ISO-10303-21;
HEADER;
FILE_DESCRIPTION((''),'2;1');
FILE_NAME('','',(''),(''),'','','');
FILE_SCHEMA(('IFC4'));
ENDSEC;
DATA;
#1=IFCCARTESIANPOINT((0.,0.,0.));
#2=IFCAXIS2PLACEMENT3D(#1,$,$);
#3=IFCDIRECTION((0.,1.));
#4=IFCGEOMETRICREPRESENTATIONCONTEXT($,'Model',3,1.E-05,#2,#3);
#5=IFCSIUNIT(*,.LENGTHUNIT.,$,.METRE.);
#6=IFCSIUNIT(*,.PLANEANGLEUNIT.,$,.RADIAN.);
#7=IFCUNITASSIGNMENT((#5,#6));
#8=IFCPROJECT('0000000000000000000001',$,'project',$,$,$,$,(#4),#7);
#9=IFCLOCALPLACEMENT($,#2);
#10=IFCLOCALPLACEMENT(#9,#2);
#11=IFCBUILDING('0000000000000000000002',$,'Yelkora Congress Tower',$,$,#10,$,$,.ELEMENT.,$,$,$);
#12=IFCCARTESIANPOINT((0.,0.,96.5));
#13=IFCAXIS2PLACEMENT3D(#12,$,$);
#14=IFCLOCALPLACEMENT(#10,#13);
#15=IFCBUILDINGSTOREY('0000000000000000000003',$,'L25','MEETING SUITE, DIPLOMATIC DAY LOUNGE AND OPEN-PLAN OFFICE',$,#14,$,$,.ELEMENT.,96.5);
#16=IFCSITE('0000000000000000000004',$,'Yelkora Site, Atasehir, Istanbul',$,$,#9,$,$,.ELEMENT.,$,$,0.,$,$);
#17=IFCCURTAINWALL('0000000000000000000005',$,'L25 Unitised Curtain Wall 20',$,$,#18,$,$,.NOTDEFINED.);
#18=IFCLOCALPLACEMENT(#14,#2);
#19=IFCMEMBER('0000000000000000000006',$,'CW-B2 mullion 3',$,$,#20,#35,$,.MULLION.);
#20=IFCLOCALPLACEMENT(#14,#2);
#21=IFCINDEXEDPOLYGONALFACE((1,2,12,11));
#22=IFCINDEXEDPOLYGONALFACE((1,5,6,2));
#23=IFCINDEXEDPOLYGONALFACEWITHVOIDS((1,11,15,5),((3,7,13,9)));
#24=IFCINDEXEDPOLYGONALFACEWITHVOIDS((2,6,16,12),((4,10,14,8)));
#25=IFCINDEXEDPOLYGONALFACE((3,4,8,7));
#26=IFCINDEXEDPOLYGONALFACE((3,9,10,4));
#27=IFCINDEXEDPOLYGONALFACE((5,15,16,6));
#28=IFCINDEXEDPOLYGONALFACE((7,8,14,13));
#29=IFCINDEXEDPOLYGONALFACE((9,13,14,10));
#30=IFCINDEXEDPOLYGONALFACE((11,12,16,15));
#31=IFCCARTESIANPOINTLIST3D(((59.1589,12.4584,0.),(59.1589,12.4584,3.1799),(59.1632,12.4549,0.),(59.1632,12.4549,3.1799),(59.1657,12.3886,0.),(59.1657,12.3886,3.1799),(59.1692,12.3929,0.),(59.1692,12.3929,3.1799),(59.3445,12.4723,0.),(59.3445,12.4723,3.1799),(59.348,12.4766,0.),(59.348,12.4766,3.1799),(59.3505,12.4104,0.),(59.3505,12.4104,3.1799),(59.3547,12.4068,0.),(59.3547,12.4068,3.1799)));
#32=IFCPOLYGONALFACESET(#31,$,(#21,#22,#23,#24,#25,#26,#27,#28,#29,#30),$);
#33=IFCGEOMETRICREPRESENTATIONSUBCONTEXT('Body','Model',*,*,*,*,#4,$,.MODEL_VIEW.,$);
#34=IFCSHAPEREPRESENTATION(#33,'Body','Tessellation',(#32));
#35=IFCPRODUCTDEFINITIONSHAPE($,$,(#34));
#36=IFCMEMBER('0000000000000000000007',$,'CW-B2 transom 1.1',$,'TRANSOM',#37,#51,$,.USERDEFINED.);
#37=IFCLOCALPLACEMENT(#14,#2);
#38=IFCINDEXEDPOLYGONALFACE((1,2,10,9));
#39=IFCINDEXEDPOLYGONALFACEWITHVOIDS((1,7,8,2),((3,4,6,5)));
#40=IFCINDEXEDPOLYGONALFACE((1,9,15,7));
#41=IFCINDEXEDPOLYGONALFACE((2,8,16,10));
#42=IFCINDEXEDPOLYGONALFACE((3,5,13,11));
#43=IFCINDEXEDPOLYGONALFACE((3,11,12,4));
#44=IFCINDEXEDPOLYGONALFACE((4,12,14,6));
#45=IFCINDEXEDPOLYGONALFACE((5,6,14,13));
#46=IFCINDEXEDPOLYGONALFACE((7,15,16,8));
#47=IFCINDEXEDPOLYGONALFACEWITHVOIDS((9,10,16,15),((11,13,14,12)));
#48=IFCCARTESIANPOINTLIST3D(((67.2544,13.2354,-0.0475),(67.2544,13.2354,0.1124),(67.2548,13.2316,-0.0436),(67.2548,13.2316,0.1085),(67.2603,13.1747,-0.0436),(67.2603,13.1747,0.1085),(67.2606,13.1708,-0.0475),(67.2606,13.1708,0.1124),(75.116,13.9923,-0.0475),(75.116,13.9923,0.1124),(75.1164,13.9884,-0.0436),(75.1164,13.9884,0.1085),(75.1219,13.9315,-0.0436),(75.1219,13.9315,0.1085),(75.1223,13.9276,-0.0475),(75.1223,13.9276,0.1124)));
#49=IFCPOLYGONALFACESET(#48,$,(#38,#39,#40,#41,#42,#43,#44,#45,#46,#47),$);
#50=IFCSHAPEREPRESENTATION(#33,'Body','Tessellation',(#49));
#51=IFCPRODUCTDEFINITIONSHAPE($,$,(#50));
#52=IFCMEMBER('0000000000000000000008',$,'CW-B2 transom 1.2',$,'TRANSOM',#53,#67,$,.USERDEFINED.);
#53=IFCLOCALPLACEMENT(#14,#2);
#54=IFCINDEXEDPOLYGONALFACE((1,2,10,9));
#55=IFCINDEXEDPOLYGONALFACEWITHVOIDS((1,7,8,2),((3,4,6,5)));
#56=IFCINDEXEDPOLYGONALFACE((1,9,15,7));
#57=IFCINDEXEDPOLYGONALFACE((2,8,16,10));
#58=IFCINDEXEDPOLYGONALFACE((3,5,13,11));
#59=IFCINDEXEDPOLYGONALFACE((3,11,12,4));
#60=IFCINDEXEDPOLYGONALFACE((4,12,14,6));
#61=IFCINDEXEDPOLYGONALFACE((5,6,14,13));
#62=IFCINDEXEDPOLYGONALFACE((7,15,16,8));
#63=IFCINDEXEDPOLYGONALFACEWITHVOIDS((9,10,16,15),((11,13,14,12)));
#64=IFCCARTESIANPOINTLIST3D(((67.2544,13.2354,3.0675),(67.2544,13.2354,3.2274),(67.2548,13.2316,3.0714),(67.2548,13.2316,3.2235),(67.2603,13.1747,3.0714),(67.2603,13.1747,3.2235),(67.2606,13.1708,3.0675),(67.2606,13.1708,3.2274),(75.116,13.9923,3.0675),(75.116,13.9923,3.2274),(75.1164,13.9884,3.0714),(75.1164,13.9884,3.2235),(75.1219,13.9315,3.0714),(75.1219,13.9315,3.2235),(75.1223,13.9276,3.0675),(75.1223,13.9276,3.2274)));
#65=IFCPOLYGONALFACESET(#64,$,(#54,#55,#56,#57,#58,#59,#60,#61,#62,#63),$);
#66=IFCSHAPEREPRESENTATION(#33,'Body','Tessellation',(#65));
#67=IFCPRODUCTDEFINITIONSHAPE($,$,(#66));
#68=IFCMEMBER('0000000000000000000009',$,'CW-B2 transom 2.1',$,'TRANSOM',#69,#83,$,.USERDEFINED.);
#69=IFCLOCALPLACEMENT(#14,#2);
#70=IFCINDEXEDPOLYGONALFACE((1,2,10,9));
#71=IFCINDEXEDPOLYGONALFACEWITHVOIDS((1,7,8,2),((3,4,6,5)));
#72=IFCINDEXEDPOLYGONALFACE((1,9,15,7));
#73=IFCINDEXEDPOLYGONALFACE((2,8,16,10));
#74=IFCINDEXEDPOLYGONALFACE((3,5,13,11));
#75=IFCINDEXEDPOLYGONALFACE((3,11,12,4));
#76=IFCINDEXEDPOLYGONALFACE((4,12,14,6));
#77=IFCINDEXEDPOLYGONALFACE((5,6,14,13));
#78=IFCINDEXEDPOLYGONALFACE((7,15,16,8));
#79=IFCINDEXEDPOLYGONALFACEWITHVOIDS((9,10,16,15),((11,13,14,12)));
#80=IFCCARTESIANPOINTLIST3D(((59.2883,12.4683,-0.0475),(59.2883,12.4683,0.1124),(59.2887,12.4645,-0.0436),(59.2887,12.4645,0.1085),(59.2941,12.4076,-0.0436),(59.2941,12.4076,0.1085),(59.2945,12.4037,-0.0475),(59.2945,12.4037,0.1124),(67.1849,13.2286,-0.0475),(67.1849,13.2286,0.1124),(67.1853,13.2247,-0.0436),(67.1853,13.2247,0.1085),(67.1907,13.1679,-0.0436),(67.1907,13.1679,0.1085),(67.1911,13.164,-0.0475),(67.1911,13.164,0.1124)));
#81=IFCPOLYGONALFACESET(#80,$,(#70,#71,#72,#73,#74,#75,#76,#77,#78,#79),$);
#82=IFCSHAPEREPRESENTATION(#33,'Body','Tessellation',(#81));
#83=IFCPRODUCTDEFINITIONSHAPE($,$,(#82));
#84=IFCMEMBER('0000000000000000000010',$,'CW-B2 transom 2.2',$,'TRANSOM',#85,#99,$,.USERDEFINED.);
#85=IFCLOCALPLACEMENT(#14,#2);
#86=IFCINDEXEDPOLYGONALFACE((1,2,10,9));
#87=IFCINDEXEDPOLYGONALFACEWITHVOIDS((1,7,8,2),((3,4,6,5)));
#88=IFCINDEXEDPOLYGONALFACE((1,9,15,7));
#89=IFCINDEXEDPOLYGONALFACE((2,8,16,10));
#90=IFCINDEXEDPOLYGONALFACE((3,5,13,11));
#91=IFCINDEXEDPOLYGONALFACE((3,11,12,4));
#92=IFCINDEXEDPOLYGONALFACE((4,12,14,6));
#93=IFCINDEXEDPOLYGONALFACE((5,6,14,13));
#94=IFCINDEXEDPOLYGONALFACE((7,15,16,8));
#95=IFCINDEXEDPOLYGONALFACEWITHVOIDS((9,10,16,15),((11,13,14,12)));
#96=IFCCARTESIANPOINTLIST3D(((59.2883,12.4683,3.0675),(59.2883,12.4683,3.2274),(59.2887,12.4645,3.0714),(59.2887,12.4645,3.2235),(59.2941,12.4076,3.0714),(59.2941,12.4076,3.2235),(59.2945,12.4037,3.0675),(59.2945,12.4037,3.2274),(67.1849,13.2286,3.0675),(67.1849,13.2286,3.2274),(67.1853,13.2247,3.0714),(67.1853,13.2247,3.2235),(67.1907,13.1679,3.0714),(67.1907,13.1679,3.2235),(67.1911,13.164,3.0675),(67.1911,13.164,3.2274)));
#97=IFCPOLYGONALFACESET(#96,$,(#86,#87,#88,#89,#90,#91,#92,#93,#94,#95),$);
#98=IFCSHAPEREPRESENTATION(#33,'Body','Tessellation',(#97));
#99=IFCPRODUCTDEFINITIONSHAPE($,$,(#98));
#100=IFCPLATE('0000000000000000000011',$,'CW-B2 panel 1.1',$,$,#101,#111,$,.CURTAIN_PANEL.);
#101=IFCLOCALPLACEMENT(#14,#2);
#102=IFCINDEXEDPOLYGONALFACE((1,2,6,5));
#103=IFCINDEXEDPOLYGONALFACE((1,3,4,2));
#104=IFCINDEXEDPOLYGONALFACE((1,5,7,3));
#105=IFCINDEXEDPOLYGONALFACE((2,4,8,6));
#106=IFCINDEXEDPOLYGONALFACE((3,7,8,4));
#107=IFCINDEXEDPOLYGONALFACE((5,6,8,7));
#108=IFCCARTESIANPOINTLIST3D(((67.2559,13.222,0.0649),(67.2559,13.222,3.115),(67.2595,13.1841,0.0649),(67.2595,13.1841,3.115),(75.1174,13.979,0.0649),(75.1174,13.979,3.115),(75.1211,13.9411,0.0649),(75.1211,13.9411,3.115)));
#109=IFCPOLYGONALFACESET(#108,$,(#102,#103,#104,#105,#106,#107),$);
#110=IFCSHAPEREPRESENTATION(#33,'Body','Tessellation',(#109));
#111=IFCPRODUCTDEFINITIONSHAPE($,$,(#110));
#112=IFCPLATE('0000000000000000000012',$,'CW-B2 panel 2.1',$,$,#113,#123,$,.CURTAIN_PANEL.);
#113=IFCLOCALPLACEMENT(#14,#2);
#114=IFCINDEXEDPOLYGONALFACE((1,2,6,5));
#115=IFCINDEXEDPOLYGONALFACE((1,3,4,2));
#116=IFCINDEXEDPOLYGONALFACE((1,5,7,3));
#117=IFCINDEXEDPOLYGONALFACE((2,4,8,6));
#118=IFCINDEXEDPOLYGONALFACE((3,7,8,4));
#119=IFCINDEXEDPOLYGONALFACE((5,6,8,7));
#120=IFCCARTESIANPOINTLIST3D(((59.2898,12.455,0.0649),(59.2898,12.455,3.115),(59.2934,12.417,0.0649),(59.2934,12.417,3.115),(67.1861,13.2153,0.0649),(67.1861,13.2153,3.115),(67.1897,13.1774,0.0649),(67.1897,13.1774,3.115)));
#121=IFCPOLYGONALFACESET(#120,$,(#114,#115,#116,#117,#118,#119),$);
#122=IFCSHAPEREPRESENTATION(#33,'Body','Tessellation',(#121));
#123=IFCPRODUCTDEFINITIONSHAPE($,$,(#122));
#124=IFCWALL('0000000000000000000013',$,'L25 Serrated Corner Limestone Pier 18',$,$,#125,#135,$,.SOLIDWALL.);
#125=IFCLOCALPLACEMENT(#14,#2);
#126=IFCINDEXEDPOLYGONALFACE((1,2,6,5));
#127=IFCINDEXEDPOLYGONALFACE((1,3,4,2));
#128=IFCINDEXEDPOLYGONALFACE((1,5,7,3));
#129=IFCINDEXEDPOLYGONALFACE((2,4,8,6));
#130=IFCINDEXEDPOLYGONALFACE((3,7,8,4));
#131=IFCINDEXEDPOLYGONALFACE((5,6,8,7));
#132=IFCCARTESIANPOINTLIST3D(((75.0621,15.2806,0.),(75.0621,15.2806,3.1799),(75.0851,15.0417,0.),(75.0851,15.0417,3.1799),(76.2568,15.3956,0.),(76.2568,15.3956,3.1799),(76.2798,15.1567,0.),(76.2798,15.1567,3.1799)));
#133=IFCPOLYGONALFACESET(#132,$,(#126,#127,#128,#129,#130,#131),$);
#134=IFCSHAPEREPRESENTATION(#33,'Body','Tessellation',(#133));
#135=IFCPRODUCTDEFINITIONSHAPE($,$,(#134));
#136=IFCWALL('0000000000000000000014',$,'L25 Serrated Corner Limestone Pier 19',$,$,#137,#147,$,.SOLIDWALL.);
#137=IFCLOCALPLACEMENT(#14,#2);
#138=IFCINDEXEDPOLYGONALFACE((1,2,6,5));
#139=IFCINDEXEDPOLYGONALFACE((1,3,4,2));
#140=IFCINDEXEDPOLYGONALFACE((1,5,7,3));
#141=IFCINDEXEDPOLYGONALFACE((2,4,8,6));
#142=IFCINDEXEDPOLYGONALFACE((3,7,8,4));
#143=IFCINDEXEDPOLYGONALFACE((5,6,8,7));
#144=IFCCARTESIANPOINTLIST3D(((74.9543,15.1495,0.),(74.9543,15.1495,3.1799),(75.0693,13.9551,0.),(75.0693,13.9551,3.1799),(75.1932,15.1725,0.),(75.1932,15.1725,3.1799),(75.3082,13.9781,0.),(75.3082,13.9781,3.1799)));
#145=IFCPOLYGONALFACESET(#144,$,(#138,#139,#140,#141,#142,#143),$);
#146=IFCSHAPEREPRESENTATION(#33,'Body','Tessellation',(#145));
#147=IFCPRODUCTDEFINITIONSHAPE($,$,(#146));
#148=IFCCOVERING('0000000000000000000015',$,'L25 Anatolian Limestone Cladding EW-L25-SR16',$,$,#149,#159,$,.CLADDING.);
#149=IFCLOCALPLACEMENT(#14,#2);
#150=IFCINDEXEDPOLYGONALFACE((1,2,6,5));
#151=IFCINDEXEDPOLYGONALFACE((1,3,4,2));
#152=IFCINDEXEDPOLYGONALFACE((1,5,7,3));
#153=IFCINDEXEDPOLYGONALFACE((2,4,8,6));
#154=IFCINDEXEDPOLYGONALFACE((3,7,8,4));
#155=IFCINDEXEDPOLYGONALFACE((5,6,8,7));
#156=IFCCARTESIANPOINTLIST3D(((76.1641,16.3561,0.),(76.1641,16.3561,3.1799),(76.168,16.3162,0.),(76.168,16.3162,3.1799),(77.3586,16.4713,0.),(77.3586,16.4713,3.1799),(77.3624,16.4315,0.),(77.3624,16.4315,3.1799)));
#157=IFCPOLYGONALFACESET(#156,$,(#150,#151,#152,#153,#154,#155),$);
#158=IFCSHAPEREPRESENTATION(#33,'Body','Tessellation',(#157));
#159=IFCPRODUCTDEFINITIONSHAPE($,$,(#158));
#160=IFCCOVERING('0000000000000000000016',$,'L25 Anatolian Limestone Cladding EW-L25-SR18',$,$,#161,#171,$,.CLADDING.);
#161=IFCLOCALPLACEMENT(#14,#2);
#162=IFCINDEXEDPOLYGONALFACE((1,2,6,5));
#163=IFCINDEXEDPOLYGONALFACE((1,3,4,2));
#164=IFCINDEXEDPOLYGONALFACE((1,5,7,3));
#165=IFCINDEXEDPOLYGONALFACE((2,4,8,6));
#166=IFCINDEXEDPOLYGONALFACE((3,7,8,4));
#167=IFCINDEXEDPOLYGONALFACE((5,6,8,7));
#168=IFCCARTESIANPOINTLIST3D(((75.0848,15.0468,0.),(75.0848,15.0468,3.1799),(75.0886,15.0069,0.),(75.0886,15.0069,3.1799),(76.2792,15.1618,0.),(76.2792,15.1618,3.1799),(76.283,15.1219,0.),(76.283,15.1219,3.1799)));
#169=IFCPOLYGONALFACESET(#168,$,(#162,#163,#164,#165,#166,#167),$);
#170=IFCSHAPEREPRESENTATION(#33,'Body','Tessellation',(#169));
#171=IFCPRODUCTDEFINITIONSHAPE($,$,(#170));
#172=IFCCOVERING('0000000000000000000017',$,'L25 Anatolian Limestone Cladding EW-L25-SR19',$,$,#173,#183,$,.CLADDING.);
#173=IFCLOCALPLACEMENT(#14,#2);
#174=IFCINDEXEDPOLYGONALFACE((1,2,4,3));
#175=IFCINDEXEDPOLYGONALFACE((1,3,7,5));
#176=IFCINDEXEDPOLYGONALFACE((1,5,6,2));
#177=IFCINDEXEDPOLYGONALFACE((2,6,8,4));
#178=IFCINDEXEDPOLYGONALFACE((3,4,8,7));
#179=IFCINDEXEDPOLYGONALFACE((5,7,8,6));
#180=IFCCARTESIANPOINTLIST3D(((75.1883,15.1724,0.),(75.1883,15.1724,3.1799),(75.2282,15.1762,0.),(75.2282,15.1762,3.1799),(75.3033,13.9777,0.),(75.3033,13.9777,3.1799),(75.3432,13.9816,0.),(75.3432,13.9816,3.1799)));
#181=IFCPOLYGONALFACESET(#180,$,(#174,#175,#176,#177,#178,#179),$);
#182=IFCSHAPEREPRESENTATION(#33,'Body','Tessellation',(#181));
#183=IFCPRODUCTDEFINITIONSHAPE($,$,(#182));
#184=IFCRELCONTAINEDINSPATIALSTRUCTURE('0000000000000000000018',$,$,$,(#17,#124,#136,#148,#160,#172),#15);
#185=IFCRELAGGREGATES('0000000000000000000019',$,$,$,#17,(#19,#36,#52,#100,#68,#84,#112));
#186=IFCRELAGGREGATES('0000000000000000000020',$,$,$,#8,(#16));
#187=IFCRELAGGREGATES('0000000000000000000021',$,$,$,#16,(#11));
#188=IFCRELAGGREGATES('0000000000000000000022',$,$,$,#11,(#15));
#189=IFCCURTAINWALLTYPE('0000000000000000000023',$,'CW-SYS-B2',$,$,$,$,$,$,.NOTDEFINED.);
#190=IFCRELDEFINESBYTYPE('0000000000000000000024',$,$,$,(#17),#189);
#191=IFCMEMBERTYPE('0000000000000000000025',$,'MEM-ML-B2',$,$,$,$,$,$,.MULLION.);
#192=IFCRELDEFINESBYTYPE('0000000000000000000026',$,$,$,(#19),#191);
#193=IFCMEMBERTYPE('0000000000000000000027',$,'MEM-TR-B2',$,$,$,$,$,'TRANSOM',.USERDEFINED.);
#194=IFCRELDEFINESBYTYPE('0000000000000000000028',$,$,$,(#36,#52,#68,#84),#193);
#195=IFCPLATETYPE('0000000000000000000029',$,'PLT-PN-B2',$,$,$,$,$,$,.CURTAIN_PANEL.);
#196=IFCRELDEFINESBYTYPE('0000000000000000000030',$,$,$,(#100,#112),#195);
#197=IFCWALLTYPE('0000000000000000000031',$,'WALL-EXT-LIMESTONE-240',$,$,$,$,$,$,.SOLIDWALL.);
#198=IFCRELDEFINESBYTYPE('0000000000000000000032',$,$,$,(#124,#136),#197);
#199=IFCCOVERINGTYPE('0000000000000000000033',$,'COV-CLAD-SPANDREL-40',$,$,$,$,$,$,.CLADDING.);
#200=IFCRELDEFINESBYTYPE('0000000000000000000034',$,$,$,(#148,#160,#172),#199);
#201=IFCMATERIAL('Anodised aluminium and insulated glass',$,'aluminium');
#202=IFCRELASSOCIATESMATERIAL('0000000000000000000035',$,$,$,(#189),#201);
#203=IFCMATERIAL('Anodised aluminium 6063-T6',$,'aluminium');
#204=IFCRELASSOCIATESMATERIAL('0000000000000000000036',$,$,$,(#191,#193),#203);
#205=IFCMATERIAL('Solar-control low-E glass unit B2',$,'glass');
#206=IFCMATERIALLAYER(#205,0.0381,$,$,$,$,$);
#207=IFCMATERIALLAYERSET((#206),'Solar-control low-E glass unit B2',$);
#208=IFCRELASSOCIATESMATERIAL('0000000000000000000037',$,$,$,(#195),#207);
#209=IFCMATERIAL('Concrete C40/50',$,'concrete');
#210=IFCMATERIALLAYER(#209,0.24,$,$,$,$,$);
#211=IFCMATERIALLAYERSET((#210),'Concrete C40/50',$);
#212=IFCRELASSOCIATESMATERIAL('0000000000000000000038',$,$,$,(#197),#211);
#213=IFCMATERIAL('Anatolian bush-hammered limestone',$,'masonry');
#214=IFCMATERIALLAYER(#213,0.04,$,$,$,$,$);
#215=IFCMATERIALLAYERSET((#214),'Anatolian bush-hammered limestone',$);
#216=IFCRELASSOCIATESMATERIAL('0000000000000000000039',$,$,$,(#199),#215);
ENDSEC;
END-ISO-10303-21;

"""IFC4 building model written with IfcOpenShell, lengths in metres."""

from ifc_helpers import new_model, si_unit, direction, frame, frame_2d, origin, origin_2d, place, context, subcontext, project, spatial, rectangle, hollow_rectangle, extrude, material, layer, layer_set, material_profile, profile_set, type_object, element, aggregate, save


model = new_model("IFC4")

# Units and contexts
model_context = context("Model", 3, precision=1e-05, world=origin(), true_north=direction((0.0, 1.0)))
body_context = subcontext(model_context, "Body", "Model", "MODEL_VIEW")
ifc_project = project(units=[si_unit("LENGTHUNIT", "METRE"), si_unit("PLANEANGLEUNIT", "RADIAN")], contexts=[model_context])

# Site, building, storey
site_placement = place(None, origin())
site = spatial("IfcSite", under=ifc_project, at=site_placement, Name="Yelkora Site, Atasehir, Istanbul", CompositionType="ELEMENT", RefElevation=0.0)
building_placement = place(site_placement, origin())
building = spatial("IfcBuilding", under=site, at=building_placement, Name="Yelkora Congress Tower", CompositionType="ELEMENT")
storey_placement = place(building_placement, frame((0.0, 0.0, 96.5)))
storey = spatial("IfcBuildingStorey", under=building, at=storey_placement, Name="L25", Description="MEETING SUITE, DIPLOMATIC DAY LOUNGE AND OPEN-PLAN OFFICE", CompositionType="ELEMENT", Elevation=96.5)

# Curtain wall, members, plates
ifc_material_1 = material(Name="Anodised aluminium and insulated glass", Category="aluminium")
curtain_wall_type = type_object("IfcCurtainWallType", Name="CW-SYS-B2", PredefinedType="NOTDEFINED", material=ifc_material_1)
curtain_wall_placement = place(storey_placement, origin())
curtain_wall = element("IfcCurtainWall", 1, at=curtain_wall_placement, inside=storey, type_object=curtain_wall_type, Name="L25 Unitised Curtain Wall 20", PredefinedType="NOTDEFINED")
ifc_material_2 = material(Name="Anodised aluminium 6063-T6", Category="aluminium")
ifc_material_profile_1 = material_profile(ifc_material_2, hollow_rectangle(XDim=0.0701, YDim=0.1899, WallThickness=0.0039, at=origin_2d()), Name="ALU 70x190x4")
ifc_profile_set_1 = profile_set([ifc_material_profile_1], Name="Anodised aluminium 6063-T6")
member_type_1 = type_object("IfcMemberType", Name="MEM-ML-B2", PredefinedType="MULLION", material=ifc_profile_set_1)
member_1_placement = place(storey_placement, frame((59.2568, 12.4326, 0.0), z_axis=(0.0, 0.0, 1.0), x_axis=(0.095844, -0.995396, 0.0)))
member_1 = element("IfcMember", 2, at=member_1_placement, type_object=member_type_1, Name="CW-B2 mullion 3", PredefinedType="MULLION", context=body_context, shape_type="SweptSolid", body=[
    extrude(hollow_rectangle(XDim=0.0701, YDim=0.1899, WallThickness=0.0039, at=origin_2d()), origin(), (0.0, 0.0, 1.0), 3.1799),
])
ifc_material_profile_2 = material_profile(ifc_material_2, hollow_rectangle(XDim=0.0649, YDim=0.1599, WallThickness=0.0039, at=origin_2d()), Name="ALU 65x160x4")
ifc_profile_set_2 = profile_set([ifc_material_profile_2], Name="Anodised aluminium 6063-T6")
member_type_2 = type_object("IfcMemberType", Name="MEM-TR-B2", ElementType="TRANSOM", PredefinedType="USERDEFINED", material=ifc_profile_set_2)
member_2_placement = place(storey_placement, frame((75.1191, 13.96, 0.0325), z_axis=(-0.995398, -0.095827, 0.0), x_axis=(0.095827, -0.995398, 0.0)))
member_2 = element("IfcMember", 3, at=member_2_placement, type_object=member_type_2, Name="CW-B2 transom 1.1", ObjectType="TRANSOM", PredefinedType="USERDEFINED", context=body_context, shape_type="SweptSolid", body=[
    extrude(hollow_rectangle(XDim=0.0649, YDim=0.1599, WallThickness=0.0039, at=origin_2d()), origin(), (0.0, 0.0, 1.0), 7.8979),
])
member_3_placement = place(storey_placement, frame((75.1191, 13.96, 3.1475), z_axis=(-0.995398, -0.095827, 0.0), x_axis=(0.095827, -0.995398, 0.0)))
member_3 = element("IfcMember", 4, at=member_3_placement, type_object=member_type_2, Name="CW-B2 transom 1.2", ObjectType="TRANSOM", PredefinedType="USERDEFINED", context=body_context, shape_type="SweptSolid", body=[
    extrude(hollow_rectangle(XDim=0.0649, YDim=0.1599, WallThickness=0.0039, at=origin_2d()), origin(), (0.0, 0.0, 1.0), 7.8979),
])
member_4_placement = place(storey_placement, frame((67.188, 13.1963, 0.0325), z_axis=(-0.995397, -0.095834, 0.0), x_axis=(0.095834, -0.995397, 0.0)))
member_4 = element("IfcMember", 5, at=member_4_placement, type_object=member_type_2, Name="CW-B2 transom 2.1", ObjectType="TRANSOM", PredefinedType="USERDEFINED", context=body_context, shape_type="SweptSolid", body=[
    extrude(hollow_rectangle(XDim=0.0649, YDim=0.1599, WallThickness=0.0039, at=origin_2d()), origin(), (0.0, 0.0, 1.0), 7.9331),
])
member_5_placement = place(storey_placement, frame((67.188, 13.1963, 3.1475), z_axis=(-0.995397, -0.095834, 0.0), x_axis=(0.095834, -0.995397, 0.0)))
member_5 = element("IfcMember", 6, at=member_5_placement, type_object=member_type_2, Name="CW-B2 transom 2.2", ObjectType="TRANSOM", PredefinedType="USERDEFINED", context=body_context, shape_type="SweptSolid", body=[
    extrude(hollow_rectangle(XDim=0.0649, YDim=0.1599, WallThickness=0.0039, at=origin_2d()), origin(), (0.0, 0.0, 1.0), 7.9331),
])
ifc_material_3 = material(Name="Solar-control low-E glass unit B2", Category="glass")
ifc_layer_1 = layer(ifc_material_3, 0.0381)
ifc_layer_set_1 = layer_set([ifc_layer_1], Name="Solar-control low-E glass unit B2")
plate_type = type_object("IfcPlateType", Name="PLT-PN-B2", PredefinedType="CURTAIN_PANEL", material=ifc_layer_set_1)
plate_1_placement = place(storey_placement, frame((71.1885, 13.5815, 0.0649), z_axis=(0.0, 0.0, 1.0), x_axis=(-0.995396, -0.095844, 0.0)))
plate_1 = element("IfcPlate", 7, at=plate_1_placement, type_object=plate_type, Name="CW-B2 panel 1.1", PredefinedType="CURTAIN_PANEL", context=body_context, shape_type="SweptSolid", body=[
    extrude(rectangle(XDim=7.8979, YDim=0.0381, at=origin_2d()), origin(), (0.0, 0.0, 1.0), 3.05),
])
plate_2_placement = place(storey_placement, frame((63.2397, 12.8162, 0.0649), z_axis=(0.0, 0.0, 1.0), x_axis=(-0.995396, -0.095844, 0.0)))
plate_2 = element("IfcPlate", 8, at=plate_2_placement, type_object=plate_type, Name="CW-B2 panel 2.1", PredefinedType="CURTAIN_PANEL", context=body_context, shape_type="SweptSolid", body=[
    extrude(rectangle(XDim=7.9329, YDim=0.0381, at=origin_2d()), origin(), (0.0, 0.0, 1.0), 3.05),
])
aggregate(curtain_wall, [member_1, member_2, member_3, plate_1, member_4, member_5, plate_2])

# Walls
ifc_material_4 = material(Name="Concrete C40/50", Category="concrete")
ifc_layer_2 = layer(ifc_material_4, 0.24)
ifc_layer_set_2 = layer_set([ifc_layer_2], Name="Concrete C40/50")
wall_type = type_object("IfcWallType", Name="WALL-EXT-LIMESTONE-240", PredefinedType="SOLIDWALL", material=ifc_layer_set_2)
wall_1_placement = place(storey_placement, frame((76.2683, 15.2761, 0.0), z_axis=(0.0, 0.0, 1.0), x_axis=(-0.995399, -0.095817, 0.0)))
element("IfcWall", 9, at=wall_1_placement, inside=storey, type_object=wall_type, Name="L25 Serrated Corner Limestone Pier 18", PredefinedType="SOLIDWALL", context=body_context, shape_type="SweptSolid", body=[
    extrude(rectangle(XDim=1.2002, YDim=0.24, at=frame_2d((0.6001, 0.0))), origin(), (0.0, 0.0, 1.0), 3.1799),
])
wall_2_placement = place(storey_placement, frame((75.0737, 15.1611, 0.0), z_axis=(0.0, 0.0, 1.0), x_axis=(0.095836, -0.995397, 0.0)))
element("IfcWall", 10, at=wall_2_placement, inside=storey, type_object=wall_type, Name="L25 Serrated Corner Limestone Pier 19", PredefinedType="SOLIDWALL", context=body_context, shape_type="SweptSolid", body=[
    extrude(rectangle(XDim=1.2, YDim=0.24, at=frame_2d((0.6001, 0.0))), origin(), (0.0, 0.0, 1.0), 3.1799),
])

# Coverings
ifc_material_5 = material(Name="Anatolian bush-hammered limestone", Category="masonry")
ifc_layer_3 = layer(ifc_material_5, 0.04)
ifc_layer_set_3 = layer_set([ifc_layer_3], Name="Anatolian bush-hammered limestone")
covering_type = type_object("IfcCoveringType", Name="COV-CLAD-SPANDREL-40", PredefinedType="CLADDING", material=ifc_layer_set_3)
for number, where, z_axis, x_axis, name in (
    (11, (77.3606, 16.4514, 0.0), (0.0, 0.0, 1.0), (-0.995378, -0.096038, 0.0), "L25 Anatolian Limestone Cladding EW-L25-SR16"),
    (12, (76.2812, 15.1418, 0.0), (0.0, 0.0, 1.0), (-0.995397, -0.095836, 0.0), "L25 Anatolian Limestone Cladding EW-L25-SR18"),
):
    element("IfcCovering", number, at=place(storey_placement, frame(where, z_axis=z_axis, x_axis=x_axis)), inside=storey, type_object=covering_type, Name=name, PredefinedType="CLADDING", context=body_context, shape_type="SweptSolid", body=[
        extrude(rectangle(XDim=1.2, YDim=0.04, at=frame_2d((0.6001, 0.0))), origin(), (0.0, 0.0, 1.0), 3.1799),
    ])
covering_placement = place(storey_placement, frame((75.2083, 15.1743, 0.0), z_axis=(0.0, 0.0, 1.0), x_axis=(0.095817, -0.995399, 0.0)))
element("IfcCovering", 13, at=covering_placement, inside=storey, type_object=covering_type, Name="L25 Anatolian Limestone Cladding EW-L25-SR19", PredefinedType="CLADDING", context=body_context, shape_type="SweptSolid", body=[
    extrude(rectangle(XDim=1.2002, YDim=0.04, at=frame_2d((0.6001, 0.0))), origin(), (0.0, 0.0, 1.0), 3.1799),
])

save(model, "model.ifc")
